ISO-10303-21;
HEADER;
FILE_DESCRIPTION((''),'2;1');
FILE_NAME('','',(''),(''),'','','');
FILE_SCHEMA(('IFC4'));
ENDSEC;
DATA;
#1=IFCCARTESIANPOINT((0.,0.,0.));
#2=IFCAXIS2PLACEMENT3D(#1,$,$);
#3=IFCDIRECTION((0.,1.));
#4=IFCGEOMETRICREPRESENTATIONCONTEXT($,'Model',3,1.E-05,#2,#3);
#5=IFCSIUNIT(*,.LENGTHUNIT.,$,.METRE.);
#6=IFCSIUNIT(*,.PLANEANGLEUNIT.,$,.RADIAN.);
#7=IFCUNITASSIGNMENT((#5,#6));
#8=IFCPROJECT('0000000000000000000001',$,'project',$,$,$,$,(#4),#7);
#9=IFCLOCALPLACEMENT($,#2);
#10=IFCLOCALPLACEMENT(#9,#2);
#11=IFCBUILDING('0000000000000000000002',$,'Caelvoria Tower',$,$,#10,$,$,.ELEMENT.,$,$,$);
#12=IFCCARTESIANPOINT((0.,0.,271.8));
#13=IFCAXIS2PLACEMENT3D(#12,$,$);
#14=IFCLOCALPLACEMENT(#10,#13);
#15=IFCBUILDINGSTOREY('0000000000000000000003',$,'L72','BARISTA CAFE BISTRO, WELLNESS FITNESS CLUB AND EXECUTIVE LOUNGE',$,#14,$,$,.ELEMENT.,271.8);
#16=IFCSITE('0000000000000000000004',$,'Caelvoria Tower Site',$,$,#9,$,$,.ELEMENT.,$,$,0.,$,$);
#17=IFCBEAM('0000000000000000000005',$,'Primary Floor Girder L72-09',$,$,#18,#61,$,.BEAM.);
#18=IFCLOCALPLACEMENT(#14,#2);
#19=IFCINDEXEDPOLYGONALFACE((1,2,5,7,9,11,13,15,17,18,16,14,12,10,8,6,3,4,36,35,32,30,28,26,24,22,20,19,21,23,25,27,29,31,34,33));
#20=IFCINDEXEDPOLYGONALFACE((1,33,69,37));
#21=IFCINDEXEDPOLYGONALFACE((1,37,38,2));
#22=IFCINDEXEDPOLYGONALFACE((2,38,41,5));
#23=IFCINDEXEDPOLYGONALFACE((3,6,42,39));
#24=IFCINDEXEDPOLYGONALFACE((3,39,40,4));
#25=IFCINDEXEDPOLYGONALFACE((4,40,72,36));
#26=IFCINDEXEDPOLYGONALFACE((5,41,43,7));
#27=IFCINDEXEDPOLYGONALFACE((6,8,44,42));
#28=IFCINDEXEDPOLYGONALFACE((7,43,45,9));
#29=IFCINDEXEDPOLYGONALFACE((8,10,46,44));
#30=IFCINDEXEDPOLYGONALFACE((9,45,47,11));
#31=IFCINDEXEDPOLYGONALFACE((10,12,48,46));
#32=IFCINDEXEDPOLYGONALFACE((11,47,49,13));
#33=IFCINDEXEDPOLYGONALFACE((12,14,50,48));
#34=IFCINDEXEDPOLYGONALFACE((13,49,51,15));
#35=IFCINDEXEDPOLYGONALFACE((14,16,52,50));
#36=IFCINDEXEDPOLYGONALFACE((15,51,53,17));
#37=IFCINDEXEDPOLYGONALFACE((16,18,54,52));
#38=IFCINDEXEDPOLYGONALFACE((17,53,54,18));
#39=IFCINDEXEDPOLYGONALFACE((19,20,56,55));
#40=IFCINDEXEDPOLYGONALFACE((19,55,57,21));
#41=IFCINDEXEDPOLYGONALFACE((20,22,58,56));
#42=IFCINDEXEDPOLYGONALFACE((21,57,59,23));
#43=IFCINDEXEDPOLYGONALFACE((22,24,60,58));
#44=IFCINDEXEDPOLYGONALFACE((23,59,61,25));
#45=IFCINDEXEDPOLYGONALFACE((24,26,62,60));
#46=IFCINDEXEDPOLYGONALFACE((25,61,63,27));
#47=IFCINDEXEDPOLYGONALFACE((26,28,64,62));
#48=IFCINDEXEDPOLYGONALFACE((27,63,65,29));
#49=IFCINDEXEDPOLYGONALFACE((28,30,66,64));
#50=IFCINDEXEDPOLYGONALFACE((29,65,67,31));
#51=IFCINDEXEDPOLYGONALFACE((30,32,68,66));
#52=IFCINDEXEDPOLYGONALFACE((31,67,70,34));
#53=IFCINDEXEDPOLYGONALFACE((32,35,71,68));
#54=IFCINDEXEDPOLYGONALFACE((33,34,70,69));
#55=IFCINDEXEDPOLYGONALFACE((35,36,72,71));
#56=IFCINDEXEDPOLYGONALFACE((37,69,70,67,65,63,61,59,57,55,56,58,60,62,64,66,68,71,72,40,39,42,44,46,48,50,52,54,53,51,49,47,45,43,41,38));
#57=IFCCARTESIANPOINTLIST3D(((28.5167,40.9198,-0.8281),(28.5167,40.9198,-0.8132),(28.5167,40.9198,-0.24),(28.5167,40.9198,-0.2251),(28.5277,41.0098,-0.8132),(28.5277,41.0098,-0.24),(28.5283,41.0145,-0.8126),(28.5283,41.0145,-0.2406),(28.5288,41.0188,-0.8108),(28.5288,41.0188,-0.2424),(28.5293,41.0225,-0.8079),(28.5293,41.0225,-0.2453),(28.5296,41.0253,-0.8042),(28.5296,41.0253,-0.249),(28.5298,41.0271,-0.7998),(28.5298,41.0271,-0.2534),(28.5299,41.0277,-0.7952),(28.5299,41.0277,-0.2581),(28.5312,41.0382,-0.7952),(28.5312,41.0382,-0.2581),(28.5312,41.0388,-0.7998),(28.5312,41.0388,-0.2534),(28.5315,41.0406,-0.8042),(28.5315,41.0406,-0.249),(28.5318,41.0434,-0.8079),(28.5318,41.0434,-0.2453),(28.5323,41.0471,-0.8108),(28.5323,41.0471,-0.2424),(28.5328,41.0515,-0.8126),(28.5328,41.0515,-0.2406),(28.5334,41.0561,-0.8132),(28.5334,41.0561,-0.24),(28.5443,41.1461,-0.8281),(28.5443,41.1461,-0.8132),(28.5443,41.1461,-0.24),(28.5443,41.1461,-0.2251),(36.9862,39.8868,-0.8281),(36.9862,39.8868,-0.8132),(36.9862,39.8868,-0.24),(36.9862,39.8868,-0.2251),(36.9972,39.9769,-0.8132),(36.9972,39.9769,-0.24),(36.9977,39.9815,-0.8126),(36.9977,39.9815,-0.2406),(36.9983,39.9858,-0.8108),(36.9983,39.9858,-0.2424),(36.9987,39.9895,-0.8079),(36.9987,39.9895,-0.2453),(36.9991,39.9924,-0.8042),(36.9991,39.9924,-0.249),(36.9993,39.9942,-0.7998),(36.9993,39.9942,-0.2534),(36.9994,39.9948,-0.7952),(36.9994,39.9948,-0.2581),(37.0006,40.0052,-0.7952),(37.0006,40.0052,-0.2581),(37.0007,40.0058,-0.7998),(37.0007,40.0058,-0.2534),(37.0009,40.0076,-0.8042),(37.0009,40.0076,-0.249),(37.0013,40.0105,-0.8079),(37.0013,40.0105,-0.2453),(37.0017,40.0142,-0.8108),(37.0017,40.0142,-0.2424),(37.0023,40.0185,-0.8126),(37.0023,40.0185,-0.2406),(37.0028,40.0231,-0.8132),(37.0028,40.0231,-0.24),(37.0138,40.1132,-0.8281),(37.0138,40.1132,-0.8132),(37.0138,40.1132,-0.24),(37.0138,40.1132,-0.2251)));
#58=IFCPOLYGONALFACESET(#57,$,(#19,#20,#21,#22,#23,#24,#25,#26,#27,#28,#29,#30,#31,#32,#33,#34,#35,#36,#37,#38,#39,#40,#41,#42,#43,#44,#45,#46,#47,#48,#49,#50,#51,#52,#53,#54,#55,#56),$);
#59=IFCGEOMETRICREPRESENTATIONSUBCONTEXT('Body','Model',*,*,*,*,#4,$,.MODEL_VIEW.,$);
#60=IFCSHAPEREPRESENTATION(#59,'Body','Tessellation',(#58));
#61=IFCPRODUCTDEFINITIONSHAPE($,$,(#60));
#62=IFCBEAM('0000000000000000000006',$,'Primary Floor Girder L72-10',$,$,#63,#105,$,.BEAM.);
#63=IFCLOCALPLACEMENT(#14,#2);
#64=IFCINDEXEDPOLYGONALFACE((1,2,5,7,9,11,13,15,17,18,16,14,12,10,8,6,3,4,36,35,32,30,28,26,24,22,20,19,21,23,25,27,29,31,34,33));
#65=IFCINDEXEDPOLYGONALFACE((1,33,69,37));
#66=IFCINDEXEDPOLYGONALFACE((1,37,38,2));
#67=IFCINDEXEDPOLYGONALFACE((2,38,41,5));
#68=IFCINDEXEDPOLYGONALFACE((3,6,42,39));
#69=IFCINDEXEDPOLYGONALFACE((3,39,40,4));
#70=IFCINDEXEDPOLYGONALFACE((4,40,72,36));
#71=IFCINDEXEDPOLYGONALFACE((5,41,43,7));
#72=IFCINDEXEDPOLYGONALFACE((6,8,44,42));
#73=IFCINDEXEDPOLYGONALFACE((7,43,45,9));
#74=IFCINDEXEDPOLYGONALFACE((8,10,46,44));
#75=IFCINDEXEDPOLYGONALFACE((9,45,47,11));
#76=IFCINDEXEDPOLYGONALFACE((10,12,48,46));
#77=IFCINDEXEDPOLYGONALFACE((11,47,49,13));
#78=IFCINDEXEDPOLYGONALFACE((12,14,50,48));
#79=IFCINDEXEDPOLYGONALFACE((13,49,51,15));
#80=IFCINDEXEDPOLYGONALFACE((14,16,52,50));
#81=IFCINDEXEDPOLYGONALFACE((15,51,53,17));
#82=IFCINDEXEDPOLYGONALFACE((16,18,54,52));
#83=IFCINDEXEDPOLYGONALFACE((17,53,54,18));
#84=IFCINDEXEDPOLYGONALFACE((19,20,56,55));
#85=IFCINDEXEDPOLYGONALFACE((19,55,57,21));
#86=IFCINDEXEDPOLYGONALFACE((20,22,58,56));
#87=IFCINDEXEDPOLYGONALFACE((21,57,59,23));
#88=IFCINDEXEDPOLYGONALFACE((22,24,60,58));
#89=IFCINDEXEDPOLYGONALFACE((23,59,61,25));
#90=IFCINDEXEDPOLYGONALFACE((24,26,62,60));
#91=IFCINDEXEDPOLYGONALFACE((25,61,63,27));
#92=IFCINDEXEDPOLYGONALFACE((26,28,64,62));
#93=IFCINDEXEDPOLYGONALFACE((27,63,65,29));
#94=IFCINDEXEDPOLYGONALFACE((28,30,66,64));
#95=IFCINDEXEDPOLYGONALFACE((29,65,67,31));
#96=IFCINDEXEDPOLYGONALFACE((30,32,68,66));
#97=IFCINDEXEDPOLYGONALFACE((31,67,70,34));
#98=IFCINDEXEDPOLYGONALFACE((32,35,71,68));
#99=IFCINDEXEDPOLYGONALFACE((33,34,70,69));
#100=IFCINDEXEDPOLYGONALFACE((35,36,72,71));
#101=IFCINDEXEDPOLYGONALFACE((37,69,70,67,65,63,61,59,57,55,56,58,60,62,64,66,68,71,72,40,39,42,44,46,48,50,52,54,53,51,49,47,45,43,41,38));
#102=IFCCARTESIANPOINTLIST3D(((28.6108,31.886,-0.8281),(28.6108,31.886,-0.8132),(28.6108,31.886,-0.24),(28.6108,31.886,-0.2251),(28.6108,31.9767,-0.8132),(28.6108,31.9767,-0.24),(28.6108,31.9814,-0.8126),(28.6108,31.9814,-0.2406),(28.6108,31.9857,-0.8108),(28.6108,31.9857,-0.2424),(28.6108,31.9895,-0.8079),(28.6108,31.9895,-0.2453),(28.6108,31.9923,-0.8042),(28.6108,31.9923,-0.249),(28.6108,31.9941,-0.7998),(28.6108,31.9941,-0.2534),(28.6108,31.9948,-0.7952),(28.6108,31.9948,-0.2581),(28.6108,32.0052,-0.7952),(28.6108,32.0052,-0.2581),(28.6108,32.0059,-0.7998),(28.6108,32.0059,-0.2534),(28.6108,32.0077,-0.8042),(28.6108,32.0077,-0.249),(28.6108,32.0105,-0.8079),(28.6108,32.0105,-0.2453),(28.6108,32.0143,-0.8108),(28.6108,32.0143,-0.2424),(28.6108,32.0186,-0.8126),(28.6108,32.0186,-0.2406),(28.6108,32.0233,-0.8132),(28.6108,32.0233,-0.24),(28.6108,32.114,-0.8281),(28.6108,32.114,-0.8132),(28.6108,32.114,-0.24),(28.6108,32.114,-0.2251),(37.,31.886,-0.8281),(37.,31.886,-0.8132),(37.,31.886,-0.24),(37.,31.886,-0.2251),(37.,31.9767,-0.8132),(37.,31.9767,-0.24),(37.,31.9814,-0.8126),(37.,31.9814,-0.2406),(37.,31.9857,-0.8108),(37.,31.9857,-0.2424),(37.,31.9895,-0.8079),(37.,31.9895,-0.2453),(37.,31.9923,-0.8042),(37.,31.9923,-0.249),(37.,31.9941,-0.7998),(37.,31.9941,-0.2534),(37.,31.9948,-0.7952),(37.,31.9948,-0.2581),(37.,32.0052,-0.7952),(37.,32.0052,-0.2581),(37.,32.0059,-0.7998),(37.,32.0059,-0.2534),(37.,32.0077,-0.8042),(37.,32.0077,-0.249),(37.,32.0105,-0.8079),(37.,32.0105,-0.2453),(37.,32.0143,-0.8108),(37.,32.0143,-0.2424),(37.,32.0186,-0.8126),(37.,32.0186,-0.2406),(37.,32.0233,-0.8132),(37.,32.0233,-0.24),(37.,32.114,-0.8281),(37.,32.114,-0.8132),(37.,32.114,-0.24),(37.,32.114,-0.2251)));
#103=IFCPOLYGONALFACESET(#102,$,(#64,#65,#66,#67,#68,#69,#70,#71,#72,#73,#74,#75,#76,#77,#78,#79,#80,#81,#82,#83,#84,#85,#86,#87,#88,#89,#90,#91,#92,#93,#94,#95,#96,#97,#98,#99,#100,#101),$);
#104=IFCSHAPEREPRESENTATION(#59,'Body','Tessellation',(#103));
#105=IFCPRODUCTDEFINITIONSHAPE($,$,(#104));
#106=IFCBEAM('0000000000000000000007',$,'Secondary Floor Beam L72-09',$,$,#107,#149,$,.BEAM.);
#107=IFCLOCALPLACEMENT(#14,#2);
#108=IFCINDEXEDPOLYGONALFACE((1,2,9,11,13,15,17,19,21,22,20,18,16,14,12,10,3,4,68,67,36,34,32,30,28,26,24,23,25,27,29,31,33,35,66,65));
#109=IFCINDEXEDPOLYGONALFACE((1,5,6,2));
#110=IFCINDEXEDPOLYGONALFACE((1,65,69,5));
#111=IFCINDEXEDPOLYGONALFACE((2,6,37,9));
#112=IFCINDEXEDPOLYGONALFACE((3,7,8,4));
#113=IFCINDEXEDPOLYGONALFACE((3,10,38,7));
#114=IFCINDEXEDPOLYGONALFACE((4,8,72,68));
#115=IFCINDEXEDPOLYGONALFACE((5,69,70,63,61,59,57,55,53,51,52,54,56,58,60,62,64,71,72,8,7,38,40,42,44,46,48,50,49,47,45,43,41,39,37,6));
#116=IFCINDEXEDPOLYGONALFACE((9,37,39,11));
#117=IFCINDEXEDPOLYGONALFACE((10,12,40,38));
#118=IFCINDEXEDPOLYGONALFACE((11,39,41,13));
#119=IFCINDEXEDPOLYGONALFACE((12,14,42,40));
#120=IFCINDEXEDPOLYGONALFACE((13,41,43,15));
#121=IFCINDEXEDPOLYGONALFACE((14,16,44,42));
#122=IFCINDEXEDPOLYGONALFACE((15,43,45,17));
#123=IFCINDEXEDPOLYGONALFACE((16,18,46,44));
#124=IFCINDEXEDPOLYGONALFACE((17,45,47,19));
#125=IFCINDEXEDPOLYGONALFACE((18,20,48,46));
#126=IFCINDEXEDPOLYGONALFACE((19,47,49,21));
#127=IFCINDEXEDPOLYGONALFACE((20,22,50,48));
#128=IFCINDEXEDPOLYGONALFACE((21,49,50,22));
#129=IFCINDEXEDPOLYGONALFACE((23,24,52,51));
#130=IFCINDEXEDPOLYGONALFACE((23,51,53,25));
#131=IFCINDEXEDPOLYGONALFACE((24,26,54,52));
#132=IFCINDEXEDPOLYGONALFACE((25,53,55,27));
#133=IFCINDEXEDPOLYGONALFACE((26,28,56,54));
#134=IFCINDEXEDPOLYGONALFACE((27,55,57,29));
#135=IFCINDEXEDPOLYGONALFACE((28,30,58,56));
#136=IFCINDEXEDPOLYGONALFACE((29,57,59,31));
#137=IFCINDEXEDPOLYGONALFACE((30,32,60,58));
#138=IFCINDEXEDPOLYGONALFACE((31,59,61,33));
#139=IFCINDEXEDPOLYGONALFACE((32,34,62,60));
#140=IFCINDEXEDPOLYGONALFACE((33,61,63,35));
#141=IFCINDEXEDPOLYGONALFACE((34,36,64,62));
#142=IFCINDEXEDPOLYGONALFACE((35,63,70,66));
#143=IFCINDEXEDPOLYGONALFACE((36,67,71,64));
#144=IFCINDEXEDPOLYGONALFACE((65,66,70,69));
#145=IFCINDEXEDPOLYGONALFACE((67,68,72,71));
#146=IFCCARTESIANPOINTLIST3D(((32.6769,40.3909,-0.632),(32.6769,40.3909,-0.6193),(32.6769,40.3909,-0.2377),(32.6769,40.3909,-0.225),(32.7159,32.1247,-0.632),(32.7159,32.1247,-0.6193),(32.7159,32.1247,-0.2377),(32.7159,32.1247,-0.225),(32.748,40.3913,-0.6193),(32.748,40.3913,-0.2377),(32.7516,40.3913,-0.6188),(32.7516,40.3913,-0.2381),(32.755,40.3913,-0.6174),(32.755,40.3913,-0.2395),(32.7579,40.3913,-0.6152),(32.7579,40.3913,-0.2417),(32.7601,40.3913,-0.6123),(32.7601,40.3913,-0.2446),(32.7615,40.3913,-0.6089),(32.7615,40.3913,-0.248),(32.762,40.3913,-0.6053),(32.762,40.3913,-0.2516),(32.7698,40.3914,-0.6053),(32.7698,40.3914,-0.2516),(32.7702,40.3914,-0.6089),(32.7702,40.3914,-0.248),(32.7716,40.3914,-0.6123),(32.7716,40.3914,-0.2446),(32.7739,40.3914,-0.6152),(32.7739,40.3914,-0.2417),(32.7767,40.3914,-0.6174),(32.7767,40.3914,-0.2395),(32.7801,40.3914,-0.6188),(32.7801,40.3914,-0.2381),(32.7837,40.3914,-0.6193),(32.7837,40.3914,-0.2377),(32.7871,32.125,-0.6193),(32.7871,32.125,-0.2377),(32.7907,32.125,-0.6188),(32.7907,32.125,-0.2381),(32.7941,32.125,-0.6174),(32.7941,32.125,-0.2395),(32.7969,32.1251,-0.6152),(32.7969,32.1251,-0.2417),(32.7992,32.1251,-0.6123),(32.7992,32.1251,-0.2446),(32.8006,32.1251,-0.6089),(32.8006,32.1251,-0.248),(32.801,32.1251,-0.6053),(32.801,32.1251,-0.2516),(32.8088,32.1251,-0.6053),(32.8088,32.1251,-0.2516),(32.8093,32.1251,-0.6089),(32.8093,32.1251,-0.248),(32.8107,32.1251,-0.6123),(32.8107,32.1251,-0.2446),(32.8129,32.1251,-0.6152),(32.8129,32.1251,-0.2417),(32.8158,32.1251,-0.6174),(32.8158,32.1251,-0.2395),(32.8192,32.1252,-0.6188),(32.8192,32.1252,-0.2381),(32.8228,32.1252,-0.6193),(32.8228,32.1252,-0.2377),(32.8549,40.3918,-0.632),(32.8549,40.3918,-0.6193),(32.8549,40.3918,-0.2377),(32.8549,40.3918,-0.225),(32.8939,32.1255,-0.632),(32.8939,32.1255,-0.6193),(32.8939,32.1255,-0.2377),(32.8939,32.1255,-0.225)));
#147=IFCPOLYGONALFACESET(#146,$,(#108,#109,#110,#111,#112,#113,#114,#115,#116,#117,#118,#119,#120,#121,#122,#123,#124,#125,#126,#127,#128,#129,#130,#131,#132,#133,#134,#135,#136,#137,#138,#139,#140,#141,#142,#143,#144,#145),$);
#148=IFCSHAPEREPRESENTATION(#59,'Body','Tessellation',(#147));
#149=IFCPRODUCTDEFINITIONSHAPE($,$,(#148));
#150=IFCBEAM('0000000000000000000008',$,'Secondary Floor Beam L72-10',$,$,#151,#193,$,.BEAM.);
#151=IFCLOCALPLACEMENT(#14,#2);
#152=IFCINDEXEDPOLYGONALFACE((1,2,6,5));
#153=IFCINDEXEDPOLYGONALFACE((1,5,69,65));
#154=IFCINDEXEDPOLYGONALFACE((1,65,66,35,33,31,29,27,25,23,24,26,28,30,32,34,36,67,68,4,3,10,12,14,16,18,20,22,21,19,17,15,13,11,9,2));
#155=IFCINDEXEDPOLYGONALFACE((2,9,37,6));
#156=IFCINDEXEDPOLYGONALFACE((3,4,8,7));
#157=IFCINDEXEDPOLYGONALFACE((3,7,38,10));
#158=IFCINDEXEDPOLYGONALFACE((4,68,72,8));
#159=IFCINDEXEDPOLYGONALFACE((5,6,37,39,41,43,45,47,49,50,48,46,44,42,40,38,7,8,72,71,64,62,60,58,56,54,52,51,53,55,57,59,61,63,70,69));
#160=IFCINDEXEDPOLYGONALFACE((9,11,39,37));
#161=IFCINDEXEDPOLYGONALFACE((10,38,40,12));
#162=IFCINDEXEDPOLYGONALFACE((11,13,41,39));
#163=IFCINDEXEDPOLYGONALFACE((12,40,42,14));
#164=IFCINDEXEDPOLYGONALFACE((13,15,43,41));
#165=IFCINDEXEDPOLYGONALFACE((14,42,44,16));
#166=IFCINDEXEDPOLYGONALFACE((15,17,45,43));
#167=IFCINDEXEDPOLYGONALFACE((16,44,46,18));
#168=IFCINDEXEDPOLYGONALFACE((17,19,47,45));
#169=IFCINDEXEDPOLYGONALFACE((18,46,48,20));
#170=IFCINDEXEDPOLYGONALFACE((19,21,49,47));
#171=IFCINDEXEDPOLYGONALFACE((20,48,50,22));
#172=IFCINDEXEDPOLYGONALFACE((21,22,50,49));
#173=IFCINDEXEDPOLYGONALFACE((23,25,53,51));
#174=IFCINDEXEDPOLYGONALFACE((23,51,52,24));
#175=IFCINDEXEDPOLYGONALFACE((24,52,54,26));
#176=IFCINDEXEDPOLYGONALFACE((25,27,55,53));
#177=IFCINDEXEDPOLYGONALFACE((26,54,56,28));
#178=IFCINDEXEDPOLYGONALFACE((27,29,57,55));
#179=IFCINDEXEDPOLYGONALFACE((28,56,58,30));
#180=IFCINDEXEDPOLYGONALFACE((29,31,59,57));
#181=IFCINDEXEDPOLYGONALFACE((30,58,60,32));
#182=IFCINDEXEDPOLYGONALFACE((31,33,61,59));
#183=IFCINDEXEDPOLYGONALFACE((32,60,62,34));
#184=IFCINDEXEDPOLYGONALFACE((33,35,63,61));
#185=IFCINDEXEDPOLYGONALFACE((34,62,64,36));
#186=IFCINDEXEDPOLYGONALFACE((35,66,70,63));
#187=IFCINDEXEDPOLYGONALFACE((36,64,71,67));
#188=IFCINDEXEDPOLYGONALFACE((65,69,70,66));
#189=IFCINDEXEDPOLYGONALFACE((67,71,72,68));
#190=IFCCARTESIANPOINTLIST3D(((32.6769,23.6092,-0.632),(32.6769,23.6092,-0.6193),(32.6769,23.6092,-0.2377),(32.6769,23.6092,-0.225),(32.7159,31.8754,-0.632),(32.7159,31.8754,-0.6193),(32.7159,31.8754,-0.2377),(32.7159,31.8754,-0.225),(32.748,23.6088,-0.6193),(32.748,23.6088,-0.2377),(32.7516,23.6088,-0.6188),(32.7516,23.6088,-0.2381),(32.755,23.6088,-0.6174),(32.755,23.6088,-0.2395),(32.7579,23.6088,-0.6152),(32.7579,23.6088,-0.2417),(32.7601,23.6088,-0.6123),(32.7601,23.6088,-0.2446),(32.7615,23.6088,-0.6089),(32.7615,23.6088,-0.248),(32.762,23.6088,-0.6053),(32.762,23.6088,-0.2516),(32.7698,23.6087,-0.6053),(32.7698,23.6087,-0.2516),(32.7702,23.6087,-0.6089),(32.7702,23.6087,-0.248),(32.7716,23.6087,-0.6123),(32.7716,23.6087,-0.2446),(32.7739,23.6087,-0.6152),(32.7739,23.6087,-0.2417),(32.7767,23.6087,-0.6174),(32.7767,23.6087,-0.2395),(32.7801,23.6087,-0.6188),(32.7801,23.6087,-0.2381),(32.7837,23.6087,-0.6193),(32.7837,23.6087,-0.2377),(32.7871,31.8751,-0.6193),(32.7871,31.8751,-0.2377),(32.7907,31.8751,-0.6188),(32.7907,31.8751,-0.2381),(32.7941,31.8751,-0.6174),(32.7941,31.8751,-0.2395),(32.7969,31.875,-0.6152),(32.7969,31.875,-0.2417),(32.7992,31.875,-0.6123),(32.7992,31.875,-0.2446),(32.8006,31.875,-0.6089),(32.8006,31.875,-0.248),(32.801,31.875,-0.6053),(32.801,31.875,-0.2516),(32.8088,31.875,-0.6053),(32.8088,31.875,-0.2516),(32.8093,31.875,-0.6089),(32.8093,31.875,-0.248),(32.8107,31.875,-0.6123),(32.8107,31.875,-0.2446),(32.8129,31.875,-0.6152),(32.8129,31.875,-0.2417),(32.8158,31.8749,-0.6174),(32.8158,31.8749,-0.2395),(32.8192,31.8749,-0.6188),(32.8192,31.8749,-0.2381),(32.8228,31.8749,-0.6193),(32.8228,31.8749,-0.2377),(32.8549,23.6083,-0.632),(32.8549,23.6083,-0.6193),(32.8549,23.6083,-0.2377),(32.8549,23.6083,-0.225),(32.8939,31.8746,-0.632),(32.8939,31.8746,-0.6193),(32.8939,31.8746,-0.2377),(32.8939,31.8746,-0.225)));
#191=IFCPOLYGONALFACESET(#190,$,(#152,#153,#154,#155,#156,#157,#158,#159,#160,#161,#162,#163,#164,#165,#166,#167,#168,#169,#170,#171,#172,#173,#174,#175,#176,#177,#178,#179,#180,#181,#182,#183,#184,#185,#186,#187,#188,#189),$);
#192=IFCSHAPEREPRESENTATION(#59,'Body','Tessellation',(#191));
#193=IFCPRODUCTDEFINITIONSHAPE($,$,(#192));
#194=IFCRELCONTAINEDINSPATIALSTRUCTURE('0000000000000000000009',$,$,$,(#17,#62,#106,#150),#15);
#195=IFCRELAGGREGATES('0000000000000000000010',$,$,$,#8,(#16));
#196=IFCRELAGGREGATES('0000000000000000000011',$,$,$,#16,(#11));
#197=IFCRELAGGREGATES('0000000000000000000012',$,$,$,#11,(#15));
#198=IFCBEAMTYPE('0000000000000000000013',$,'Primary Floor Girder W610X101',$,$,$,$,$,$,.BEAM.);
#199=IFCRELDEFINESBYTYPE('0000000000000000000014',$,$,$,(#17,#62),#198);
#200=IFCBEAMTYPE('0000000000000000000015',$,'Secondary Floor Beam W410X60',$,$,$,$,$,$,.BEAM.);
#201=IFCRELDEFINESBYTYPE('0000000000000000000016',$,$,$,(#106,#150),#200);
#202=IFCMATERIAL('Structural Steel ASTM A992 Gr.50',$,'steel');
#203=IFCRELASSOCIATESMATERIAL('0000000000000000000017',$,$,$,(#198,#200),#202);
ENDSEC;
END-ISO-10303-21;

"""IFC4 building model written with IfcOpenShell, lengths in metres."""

from ifc_helpers import new_model, si_unit, direction, frame, origin, origin_2d, place, context, subcontext, project, spatial, i_section, extrude, material, material_profile, profile_set, type_object, element, save


model = new_model("IFC4")

# Units and contexts
model_context = context("Model", 3, precision=1e-05, world=origin(), true_north=direction((0.0, 1.0)))
body_context = subcontext(model_context, "Body", "Model", "MODEL_VIEW")
ifc_project = project(units=[si_unit("LENGTHUNIT", "METRE"), si_unit("PLANEANGLEUNIT", "RADIAN")], contexts=[model_context])

# Site, building, storey
site_placement = place(None, origin())
site = spatial("IfcSite", under=ifc_project, at=site_placement, Name="Caelvoria Tower Site", CompositionType="ELEMENT", RefElevation=0.0)
building_placement = place(site_placement, origin())
building = spatial("IfcBuilding", under=site, at=building_placement, Name="Caelvoria Tower", CompositionType="ELEMENT")
storey_placement = place(building_placement, frame((0.0, 0.0, 271.8)))
storey = spatial("IfcBuildingStorey", under=building, at=storey_placement, Name="L72", Description="BARISTA CAFE BISTRO, WELLNESS FITNESS CLUB AND EXECUTIVE LOUNGE", CompositionType="ELEMENT", Elevation=271.8)

# Shared definitions
ifc_material_1 = material(Name="Structural Steel ASTM A992 Gr.50", Category="steel")

# Beams
ifc_material_profile_1 = material_profile(ifc_material_1, i_section(OverallWidth=0.228, OverallDepth=0.603, WebThickness=0.0105, FlangeThickness=0.0149, FilletRadius=0.0181, at=origin_2d()), Name="Structural Steel ASTM A992 Gr.50")
ifc_profile_set_1 = profile_set([ifc_material_profile_1], Name="W610X101 - Structural Steel ASTM A992 Gr.50")
beam_type_1 = type_object("IfcBeamType", Name="Primary Floor Girder W610X101", PredefinedType="BEAM", material=ifc_profile_set_1)
beam_1_placement = place(storey_placement, frame((37.0, 40.0, -0.5266), z_axis=(-0.992645, 0.121065, 0.0), x_axis=(-0.121065, -0.992645, 0.0)))
element("IfcBeam", 1, at=beam_1_placement, inside=storey, type_object=beam_type_1, Name="Primary Floor Girder L72-09", PredefinedType="BEAM", context=body_context, shape_type="SweptSolid", body=[
    extrude(i_section(OverallWidth=0.228, OverallDepth=0.603, WebThickness=0.0105, FlangeThickness=0.0149, FilletRadius=0.0181, at=origin_2d()), origin(), (0.0, 0.0, 1.0), 8.5322),
])
beam_2_placement = place(storey_placement, frame((37.0, 32.0, -0.5266), z_axis=(-1.0, 0.0, 0.0), x_axis=(0.0, -1.0, 0.0)))
element("IfcBeam", 2, at=beam_2_placement, inside=storey, type_object=beam_type_1, Name="Primary Floor Girder L72-10", PredefinedType="BEAM", context=body_context, shape_type="SweptSolid", body=[
    extrude(i_section(OverallWidth=0.228, OverallDepth=0.603, WebThickness=0.0105, FlangeThickness=0.0149, FilletRadius=0.0181, at=origin_2d()), origin(), (0.0, 0.0, 1.0), 8.3892),
])
ifc_material_profile_2 = material_profile(ifc_material_1, i_section(OverallWidth=0.178, OverallDepth=0.407, WebThickness=0.0078, FlangeThickness=0.0127, FilletRadius=0.0139, at=origin_2d()), Name="Structural Steel ASTM A992 Gr.50")
ifc_profile_set_2 = profile_set([ifc_material_profile_2], Name="W410X60 - Structural Steel ASTM A992 Gr.50")
beam_type_2 = type_object("IfcBeamType", Name="Secondary Floor Beam W410X60", PredefinedType="BEAM", material=ifc_profile_set_2)
for number, where, z_axis, x_axis, name in (
    (3, (32.7659, 40.3914, -0.4285), (0.004725, -0.999989, 0.0), (0.999989, 0.004725, 0.0), "Secondary Floor Beam L72-09"),
    (4, (32.8049, 31.875, -0.4285), (-0.004725, -0.999989, 0.0), (0.999989, -0.004725, 0.0), "Secondary Floor Beam L72-10"),
):
    element("IfcBeam", number, at=place(storey_placement, frame(where, z_axis=z_axis, x_axis=x_axis)), inside=storey, type_object=beam_type_2, Name=name, PredefinedType="BEAM", context=body_context, shape_type="SweptSolid", body=[
        extrude(i_section(OverallWidth=0.178, OverallDepth=0.407, WebThickness=0.0078, FlangeThickness=0.0127, FilletRadius=0.0139, at=origin_2d()), origin(), (0.0, 0.0, 1.0), 8.2664),
    ])

save(model, "model.ifc")
